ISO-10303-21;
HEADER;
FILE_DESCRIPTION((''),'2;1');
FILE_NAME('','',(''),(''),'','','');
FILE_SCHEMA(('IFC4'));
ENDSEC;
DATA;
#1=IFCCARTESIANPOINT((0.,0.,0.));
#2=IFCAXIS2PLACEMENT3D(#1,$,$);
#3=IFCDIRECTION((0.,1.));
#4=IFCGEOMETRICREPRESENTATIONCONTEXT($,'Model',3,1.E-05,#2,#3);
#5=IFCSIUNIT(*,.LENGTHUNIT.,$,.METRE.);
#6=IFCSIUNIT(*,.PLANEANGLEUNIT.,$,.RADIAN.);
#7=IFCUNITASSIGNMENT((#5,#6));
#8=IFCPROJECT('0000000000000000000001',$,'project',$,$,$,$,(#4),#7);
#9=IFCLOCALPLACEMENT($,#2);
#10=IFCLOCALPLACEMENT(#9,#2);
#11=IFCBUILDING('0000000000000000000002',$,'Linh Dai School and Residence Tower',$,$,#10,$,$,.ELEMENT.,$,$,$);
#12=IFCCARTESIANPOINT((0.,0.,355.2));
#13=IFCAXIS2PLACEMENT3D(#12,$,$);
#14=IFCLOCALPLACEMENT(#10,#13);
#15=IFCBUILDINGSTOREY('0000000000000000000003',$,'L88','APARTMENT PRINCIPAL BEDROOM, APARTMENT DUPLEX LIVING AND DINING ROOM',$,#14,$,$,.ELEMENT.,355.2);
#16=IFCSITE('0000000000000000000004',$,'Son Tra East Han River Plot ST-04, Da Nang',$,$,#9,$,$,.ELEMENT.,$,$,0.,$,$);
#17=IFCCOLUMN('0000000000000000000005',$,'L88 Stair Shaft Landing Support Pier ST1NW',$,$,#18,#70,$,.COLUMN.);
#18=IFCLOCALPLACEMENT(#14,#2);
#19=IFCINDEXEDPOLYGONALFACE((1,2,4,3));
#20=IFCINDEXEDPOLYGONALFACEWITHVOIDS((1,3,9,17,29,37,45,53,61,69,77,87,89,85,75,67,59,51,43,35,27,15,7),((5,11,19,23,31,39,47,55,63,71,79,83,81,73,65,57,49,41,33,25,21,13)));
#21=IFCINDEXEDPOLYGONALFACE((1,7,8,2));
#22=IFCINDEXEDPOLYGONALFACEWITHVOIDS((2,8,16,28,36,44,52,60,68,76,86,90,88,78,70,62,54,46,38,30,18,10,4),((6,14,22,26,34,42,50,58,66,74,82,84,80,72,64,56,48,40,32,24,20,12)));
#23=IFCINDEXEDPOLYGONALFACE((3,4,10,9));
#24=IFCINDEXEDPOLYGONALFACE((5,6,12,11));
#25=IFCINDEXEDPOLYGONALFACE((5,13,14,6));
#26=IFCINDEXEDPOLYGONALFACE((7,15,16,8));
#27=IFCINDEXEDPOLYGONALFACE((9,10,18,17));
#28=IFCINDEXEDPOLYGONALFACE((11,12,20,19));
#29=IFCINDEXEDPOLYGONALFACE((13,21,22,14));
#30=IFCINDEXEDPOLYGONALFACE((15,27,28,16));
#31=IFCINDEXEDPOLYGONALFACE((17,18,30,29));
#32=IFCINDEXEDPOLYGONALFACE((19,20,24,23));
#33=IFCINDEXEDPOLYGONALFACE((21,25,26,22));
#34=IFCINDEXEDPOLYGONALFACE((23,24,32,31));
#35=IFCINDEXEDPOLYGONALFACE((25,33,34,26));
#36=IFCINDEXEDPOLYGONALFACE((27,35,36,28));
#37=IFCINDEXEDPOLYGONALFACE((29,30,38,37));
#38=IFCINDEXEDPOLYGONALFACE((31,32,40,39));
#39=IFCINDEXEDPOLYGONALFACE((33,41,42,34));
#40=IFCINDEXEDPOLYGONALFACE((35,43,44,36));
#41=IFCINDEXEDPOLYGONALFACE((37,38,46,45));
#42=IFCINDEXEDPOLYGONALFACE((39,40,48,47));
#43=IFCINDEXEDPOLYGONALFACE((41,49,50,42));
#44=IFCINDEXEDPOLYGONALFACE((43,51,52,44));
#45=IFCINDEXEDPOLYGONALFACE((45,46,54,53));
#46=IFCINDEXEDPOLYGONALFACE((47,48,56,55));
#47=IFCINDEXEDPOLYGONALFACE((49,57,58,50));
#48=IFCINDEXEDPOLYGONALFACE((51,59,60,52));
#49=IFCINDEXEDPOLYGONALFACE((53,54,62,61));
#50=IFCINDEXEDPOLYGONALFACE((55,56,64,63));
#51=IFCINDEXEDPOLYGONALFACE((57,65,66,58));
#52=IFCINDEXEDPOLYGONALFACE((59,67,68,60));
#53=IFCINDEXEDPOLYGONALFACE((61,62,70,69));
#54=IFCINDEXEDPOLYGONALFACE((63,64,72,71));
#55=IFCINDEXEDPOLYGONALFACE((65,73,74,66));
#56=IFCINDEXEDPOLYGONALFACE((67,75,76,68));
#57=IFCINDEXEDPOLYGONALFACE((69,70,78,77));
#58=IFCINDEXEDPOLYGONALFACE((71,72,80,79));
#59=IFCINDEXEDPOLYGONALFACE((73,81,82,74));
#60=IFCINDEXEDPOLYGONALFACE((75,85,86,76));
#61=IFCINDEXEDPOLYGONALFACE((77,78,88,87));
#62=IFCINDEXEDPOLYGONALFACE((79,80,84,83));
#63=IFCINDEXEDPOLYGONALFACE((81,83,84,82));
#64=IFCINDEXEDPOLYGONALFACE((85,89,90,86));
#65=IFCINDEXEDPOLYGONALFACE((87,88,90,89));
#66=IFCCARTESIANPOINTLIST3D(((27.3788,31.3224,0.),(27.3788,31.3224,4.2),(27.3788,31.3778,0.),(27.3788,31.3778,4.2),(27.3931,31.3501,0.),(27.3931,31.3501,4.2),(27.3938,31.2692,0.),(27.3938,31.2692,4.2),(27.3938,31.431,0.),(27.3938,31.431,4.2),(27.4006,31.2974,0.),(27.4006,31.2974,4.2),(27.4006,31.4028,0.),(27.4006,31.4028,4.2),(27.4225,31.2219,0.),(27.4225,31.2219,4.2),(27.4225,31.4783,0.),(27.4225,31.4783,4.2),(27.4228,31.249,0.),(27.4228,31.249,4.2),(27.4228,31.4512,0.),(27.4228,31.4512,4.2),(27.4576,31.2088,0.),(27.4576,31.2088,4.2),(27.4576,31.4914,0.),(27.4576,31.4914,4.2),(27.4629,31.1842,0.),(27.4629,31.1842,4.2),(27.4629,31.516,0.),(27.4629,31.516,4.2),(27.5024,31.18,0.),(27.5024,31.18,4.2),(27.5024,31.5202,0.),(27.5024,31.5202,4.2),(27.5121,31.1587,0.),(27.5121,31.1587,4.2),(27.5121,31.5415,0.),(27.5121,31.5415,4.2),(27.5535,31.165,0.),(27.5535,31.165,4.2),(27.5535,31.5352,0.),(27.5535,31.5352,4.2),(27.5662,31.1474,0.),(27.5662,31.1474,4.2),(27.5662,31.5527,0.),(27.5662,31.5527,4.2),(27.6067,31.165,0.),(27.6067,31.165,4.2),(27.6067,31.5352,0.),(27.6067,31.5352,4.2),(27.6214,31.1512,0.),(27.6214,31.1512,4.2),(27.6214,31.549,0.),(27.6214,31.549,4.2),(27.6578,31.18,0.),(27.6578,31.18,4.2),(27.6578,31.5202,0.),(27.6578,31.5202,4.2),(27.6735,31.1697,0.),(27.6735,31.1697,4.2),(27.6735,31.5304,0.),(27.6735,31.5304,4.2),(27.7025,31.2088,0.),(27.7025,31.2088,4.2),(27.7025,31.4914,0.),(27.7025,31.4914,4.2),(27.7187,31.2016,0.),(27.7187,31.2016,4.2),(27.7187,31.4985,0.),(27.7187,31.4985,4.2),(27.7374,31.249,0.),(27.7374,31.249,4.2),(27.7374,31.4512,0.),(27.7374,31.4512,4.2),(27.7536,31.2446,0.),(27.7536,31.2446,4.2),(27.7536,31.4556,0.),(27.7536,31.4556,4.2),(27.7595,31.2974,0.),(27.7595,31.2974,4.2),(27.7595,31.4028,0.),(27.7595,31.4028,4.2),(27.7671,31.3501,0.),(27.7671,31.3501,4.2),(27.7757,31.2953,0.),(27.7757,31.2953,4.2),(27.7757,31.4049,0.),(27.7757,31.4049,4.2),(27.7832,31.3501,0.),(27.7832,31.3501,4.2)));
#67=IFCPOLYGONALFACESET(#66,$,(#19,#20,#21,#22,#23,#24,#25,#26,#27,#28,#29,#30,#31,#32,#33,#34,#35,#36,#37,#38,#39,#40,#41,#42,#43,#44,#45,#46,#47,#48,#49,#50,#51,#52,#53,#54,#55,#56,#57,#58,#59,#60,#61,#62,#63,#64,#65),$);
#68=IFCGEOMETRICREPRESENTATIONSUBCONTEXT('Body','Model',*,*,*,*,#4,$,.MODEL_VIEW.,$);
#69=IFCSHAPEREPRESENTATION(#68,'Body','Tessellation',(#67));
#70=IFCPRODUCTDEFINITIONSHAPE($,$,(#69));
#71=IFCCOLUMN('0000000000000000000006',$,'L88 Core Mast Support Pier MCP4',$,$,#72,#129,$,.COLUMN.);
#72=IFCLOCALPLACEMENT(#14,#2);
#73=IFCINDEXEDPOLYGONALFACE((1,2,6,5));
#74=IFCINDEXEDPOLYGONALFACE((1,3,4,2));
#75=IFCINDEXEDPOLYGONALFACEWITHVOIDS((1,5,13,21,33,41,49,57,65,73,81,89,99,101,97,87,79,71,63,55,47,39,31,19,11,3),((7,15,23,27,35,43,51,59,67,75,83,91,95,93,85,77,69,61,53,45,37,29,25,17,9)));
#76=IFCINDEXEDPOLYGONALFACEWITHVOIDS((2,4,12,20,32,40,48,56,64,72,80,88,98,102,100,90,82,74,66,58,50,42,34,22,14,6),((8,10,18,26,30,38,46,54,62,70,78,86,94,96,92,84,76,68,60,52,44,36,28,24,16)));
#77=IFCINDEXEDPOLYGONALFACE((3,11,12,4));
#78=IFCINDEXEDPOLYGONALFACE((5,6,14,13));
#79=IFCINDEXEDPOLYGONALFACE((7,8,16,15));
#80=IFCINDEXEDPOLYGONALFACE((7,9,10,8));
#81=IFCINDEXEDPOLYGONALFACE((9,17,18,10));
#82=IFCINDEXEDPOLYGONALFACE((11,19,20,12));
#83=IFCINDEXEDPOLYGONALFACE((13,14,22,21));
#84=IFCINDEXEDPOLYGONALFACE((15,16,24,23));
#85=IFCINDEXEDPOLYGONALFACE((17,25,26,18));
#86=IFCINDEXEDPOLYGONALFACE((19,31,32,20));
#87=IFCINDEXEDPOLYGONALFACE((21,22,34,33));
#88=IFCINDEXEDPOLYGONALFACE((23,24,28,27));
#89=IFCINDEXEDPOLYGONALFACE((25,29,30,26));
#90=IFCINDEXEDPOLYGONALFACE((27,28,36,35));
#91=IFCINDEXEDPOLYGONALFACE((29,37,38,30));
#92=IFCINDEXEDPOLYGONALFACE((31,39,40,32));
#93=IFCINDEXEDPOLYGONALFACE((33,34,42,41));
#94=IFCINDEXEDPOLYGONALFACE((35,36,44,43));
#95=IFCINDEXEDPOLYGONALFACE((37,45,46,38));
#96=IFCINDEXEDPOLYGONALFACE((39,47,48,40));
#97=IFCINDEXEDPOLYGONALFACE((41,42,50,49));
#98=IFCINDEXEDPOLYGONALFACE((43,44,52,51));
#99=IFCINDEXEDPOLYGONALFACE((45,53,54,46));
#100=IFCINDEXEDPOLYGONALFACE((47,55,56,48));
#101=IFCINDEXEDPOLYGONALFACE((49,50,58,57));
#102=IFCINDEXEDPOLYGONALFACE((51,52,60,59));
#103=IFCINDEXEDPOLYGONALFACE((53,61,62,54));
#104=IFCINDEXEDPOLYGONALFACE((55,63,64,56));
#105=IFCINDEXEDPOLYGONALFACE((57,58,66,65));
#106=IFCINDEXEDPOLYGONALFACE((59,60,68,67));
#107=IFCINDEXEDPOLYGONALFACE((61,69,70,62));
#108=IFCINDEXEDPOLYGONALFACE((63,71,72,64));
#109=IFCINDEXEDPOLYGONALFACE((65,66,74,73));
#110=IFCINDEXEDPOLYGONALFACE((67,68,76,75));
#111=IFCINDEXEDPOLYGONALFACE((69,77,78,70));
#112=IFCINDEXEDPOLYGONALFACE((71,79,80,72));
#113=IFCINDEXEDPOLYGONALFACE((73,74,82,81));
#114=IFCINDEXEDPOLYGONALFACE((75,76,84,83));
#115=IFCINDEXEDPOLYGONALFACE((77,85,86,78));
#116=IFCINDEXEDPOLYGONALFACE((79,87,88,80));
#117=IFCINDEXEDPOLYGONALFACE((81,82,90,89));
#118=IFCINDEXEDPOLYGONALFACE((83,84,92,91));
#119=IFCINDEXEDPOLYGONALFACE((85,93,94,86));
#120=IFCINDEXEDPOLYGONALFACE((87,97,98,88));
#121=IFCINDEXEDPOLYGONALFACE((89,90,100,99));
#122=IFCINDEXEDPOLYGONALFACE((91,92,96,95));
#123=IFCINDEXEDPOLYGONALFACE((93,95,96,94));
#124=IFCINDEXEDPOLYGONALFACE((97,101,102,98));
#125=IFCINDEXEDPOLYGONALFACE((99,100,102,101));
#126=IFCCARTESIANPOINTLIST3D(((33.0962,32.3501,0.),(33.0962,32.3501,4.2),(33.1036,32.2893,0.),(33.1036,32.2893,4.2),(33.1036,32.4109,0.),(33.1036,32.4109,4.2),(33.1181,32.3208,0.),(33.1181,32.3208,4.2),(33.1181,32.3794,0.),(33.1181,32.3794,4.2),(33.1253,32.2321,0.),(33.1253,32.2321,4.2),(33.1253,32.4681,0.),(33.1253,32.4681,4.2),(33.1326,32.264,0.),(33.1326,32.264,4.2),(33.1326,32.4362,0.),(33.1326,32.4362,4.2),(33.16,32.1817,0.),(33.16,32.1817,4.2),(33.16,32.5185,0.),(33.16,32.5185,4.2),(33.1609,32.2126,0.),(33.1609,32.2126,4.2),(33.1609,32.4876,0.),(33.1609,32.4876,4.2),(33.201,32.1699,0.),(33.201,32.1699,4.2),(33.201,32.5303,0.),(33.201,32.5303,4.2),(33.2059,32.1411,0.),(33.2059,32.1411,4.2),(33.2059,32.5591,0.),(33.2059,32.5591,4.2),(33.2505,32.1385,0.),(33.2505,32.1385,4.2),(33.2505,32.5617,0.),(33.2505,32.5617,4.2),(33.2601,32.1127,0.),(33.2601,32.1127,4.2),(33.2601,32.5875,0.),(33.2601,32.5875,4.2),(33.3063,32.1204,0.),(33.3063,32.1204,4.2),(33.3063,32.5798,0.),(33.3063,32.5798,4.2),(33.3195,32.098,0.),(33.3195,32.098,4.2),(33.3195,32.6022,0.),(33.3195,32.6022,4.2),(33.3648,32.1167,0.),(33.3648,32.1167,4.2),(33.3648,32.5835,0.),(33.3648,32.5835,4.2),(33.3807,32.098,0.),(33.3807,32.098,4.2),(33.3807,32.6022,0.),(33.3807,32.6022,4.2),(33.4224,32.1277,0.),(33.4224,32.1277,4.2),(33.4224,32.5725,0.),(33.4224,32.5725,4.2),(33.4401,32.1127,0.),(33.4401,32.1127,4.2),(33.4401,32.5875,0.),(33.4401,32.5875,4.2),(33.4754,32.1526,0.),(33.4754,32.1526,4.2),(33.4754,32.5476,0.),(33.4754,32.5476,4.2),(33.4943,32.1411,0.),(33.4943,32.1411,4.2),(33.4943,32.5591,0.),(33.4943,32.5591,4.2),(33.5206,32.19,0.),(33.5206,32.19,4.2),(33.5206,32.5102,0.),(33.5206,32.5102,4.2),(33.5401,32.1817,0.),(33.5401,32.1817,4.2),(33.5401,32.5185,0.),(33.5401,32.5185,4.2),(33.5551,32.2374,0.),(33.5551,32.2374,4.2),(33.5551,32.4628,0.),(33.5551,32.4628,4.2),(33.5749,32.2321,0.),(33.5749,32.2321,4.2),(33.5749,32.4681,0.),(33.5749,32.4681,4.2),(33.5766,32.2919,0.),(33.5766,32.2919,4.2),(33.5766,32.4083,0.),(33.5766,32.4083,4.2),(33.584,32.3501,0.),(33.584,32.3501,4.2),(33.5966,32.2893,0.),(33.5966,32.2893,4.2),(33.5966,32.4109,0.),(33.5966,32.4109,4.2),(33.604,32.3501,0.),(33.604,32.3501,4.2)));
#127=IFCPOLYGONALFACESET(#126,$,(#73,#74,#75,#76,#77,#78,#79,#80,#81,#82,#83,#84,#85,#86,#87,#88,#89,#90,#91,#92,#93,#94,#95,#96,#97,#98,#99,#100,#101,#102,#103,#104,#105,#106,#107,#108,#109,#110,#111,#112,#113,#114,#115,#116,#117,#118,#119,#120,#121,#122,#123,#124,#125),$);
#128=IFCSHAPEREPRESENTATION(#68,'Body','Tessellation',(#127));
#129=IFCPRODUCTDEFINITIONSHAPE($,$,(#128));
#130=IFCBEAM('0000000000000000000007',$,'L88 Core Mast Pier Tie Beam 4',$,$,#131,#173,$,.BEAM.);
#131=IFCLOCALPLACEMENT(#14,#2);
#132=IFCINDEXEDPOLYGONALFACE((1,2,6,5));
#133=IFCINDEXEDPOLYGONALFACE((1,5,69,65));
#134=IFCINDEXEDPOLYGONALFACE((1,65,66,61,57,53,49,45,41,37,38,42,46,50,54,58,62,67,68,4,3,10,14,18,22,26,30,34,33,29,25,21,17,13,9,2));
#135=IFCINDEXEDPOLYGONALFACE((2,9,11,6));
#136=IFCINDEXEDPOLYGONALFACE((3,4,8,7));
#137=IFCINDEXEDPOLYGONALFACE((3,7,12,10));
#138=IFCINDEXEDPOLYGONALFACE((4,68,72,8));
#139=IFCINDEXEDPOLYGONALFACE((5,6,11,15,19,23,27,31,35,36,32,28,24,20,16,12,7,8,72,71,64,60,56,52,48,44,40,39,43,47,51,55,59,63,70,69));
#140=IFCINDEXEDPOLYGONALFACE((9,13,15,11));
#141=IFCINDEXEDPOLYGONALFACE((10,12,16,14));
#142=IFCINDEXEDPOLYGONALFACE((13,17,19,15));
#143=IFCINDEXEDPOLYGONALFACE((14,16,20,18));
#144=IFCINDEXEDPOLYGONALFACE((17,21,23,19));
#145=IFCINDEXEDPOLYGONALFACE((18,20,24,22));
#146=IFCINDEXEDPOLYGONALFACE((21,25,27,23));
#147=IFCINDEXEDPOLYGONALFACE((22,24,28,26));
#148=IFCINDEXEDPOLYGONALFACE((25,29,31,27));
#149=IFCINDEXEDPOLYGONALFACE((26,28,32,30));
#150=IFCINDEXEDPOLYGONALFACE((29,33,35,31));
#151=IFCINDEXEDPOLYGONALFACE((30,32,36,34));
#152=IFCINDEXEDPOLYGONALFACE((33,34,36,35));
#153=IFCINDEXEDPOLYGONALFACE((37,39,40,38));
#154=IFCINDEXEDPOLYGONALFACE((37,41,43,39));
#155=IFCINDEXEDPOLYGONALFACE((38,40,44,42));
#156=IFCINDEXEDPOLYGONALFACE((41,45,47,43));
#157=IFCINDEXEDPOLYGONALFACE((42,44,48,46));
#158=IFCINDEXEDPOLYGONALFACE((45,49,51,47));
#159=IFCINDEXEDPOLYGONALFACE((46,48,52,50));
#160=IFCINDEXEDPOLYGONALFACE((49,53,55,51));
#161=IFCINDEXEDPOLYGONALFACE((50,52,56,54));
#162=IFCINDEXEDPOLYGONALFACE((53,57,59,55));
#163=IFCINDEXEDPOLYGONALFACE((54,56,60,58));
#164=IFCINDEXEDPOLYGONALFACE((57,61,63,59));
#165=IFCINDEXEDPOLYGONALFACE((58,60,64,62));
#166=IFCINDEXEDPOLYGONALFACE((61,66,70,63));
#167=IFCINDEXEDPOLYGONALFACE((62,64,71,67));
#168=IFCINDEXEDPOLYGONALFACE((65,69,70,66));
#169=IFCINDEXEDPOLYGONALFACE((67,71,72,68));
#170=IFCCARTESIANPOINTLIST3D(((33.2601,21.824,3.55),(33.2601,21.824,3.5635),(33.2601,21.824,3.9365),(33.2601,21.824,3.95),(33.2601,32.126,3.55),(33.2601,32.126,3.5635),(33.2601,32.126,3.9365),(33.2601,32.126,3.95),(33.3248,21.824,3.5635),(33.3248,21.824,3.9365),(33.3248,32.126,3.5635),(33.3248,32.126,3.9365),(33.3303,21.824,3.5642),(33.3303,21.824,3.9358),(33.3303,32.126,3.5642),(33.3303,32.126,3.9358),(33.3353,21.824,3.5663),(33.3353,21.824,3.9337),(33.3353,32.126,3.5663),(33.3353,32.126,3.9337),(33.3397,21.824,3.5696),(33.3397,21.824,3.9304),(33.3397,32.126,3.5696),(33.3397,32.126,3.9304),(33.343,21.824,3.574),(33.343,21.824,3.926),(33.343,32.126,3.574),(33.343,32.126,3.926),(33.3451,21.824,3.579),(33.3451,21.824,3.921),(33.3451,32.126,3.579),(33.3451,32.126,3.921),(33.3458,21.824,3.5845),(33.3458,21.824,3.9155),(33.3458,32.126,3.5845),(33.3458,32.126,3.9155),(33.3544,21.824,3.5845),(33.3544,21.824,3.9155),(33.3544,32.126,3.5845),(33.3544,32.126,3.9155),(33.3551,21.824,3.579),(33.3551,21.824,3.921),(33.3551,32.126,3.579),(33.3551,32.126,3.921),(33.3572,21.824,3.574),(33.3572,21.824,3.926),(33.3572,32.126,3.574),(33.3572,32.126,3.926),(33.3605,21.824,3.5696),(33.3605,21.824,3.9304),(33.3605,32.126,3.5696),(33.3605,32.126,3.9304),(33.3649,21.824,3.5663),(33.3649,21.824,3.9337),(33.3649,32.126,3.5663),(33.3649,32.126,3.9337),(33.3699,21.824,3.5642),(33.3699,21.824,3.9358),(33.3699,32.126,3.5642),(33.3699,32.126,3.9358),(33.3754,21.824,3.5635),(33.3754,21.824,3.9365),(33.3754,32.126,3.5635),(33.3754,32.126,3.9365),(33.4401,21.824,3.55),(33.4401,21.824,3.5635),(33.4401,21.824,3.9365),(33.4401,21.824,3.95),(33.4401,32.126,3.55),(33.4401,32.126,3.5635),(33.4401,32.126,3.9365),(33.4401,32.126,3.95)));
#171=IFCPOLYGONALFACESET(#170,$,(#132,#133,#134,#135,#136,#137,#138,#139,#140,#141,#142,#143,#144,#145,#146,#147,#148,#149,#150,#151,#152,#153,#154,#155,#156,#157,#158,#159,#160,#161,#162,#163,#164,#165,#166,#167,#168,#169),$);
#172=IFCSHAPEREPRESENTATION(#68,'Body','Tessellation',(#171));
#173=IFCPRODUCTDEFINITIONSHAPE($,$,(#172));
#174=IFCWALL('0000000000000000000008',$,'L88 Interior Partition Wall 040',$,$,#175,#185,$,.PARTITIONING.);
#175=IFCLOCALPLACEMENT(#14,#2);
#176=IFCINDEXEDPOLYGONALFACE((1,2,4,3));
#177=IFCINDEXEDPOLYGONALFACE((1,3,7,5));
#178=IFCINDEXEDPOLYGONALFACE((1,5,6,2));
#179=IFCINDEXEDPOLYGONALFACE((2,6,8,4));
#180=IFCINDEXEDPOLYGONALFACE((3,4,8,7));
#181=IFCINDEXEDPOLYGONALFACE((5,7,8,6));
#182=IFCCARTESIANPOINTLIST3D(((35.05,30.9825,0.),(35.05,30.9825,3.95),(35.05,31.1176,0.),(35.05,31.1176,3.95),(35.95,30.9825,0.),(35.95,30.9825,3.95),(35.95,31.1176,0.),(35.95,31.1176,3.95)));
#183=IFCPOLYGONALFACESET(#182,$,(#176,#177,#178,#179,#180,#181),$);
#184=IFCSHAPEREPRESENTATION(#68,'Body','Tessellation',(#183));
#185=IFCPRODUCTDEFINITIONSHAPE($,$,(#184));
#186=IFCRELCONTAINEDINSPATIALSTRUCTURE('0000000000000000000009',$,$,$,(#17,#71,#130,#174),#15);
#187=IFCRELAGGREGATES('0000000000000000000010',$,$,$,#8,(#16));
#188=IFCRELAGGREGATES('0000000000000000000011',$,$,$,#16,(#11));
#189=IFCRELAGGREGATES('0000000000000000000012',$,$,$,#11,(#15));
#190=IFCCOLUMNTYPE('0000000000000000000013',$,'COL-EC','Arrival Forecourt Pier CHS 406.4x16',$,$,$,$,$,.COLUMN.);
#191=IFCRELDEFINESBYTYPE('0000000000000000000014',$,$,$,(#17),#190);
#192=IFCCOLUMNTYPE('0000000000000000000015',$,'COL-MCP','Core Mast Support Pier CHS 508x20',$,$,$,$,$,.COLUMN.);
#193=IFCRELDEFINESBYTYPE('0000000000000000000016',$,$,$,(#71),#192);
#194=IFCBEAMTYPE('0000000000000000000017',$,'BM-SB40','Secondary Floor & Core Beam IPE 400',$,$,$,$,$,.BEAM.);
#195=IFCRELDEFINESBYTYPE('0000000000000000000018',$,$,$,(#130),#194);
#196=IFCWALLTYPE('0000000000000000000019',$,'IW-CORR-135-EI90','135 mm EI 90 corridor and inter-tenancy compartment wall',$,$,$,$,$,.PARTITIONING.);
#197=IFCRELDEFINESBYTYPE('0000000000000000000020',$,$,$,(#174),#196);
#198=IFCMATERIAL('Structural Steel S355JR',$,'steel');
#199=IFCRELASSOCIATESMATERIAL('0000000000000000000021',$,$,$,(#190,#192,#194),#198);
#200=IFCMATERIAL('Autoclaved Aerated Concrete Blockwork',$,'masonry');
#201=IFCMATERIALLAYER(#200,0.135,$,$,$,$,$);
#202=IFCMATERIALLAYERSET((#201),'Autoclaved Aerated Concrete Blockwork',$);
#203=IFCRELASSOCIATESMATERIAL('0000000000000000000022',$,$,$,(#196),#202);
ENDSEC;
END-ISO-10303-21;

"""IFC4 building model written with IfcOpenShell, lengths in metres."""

from ifc_helpers import new_model, si_unit, direction, frame, frame_2d, origin, origin_2d, place, context, subcontext, project, spatial, rectangle, hollow_circle, i_section, extrude, material, layer, layer_set, material_profile, profile_set, type_object, element, save


model = new_model("IFC4")

# Units and contexts
model_context = context("Model", 3, precision=1e-05, world=origin(), true_north=direction((0.0, 1.0)))
body_context = subcontext(model_context, "Body", "Model", "MODEL_VIEW")
ifc_project = project(units=[si_unit("LENGTHUNIT", "METRE"), si_unit("PLANEANGLEUNIT", "RADIAN")], contexts=[model_context])

# Site, building, storey
site_placement = place(None, origin())
site = spatial("IfcSite", under=ifc_project, at=site_placement, Name="Son Tra East Han River Plot ST-04, Da Nang", CompositionType="ELEMENT", RefElevation=0.0)
building_placement = place(site_placement, origin())
building = spatial("IfcBuilding", under=site, at=building_placement, Name="Linh Dai School and Residence Tower", CompositionType="ELEMENT")
storey_placement = place(building_placement, frame((0.0, 0.0, 355.2)))
storey = spatial("IfcBuildingStorey", under=building, at=storey_placement, Name="L88", Description="APARTMENT PRINCIPAL BEDROOM, APARTMENT DUPLEX LIVING AND DINING ROOM", CompositionType="ELEMENT", Elevation=355.2)

# Columns
ifc_material_1 = material(Name="Structural Steel S355JR", Category="steel")
ifc_material_profile_1 = material_profile(ifc_material_1, hollow_circle(Radius=0.2031, WallThickness=0.0161, at=origin_2d()), Name="CHS 406.4x16")
ifc_profile_set_1 = profile_set([ifc_material_profile_1], Name="Structural Steel S355JR")
column_type_1 = type_object("IfcColumnType", Name="COL-EC", Description="Arrival Forecourt Pier CHS 406.4x16", PredefinedType="COLUMN", material=ifc_profile_set_1)
column_1_placement = place(storey_placement, frame((27.5801, 31.3501, 0.0), z_axis=(0.0, 0.0, 1.0), x_axis=(1.0, 0.0, 0.0)))
element("IfcColumn", 1, at=column_1_placement, inside=storey, type_object=column_type_1, Name="L88 Stair Shaft Landing Support Pier ST1NW", PredefinedType="COLUMN", context=body_context, shape_type="SweptSolid", body=[
    extrude(hollow_circle(Radius=0.2031, WallThickness=0.0161, at=origin_2d()), origin(), (0.0, 0.0, 1.0), 4.2),
])
ifc_material_profile_2 = material_profile(ifc_material_1, hollow_circle(Radius=0.2539, WallThickness=0.02, at=origin_2d()), Name="CHS 508x20")
ifc_profile_set_2 = profile_set([ifc_material_profile_2], Name="Structural Steel S355JR")
column_type_2 = type_object("IfcColumnType", Name="COL-MCP", Description="Core Mast Support Pier CHS 508x20", PredefinedType="COLUMN", material=ifc_profile_set_2)
column_2_placement = place(storey_placement, frame((33.3501, 32.3501, 0.0), z_axis=(0.0, 0.0, 1.0), x_axis=(1.0, 0.0, 0.0)))
element("IfcColumn", 2, at=column_2_placement, inside=storey, type_object=column_type_2, Name="L88 Core Mast Support Pier MCP4", PredefinedType="COLUMN", context=body_context, shape_type="SweptSolid", body=[
    extrude(hollow_circle(Radius=0.2539, WallThickness=0.02, at=origin_2d()), origin(), (0.0, 0.0, 1.0), 4.2),
])

# Beam
ifc_material_profile_3 = material_profile(ifc_material_1, i_section(OverallWidth=0.1799, OverallDepth=0.3999, WebThickness=0.0085, FlangeThickness=0.0134, FilletRadius=0.021, at=origin_2d()), Name="IPE 400")
ifc_profile_set_3 = profile_set([ifc_material_profile_3], Name="Structural Steel S355JR")
beam_type = type_object("IfcBeamType", Name="BM-SB40", Description="Secondary Floor & Core Beam IPE 400", PredefinedType="BEAM", material=ifc_profile_set_3)
beam_placement = place(storey_placement, frame((33.3501, 32.126, 3.75), z_axis=(0.0, -1.0, 0.0), x_axis=(1.0, 0.0, 0.0)))
element("IfcBeam", 3, at=beam_placement, inside=storey, type_object=beam_type, Name="L88 Core Mast Pier Tie Beam 4", PredefinedType="BEAM", context=body_context, shape_type="SweptSolid", body=[
    extrude(i_section(OverallWidth=0.1799, OverallDepth=0.3999, WebThickness=0.0085, FlangeThickness=0.0134, FilletRadius=0.021, at=origin_2d()), origin(), (0.0, 0.0, 1.0), 10.302),
])

# Shared definitions
ifc_material_2 = material(Name="Autoclaved Aerated Concrete Blockwork", Category="masonry")
ifc_layer_1 = layer(ifc_material_2, 0.135)
ifc_layer_set_1 = layer_set([ifc_layer_1], Name="Autoclaved Aerated Concrete Blockwork")
wall_type_1 = type_object("IfcWallType", Name="IW-CORR-135-EI90", Description="135 mm EI 90 corridor and inter-tenancy compartment wall", PredefinedType="PARTITIONING", material=ifc_layer_set_1)

# Wall
wall_1_placement = place(storey_placement, frame((35.05, 31.05, 0.0), z_axis=(0.0, 0.0, 1.0), x_axis=(1.0, 0.0, 0.0)))
element("IfcWall", 4, at=wall_1_placement, inside=storey, type_object=wall_type_1, Name="L88 Interior Partition Wall 040", PredefinedType="PARTITIONING", context=body_context, shape_type="SweptSolid", body=[
    extrude(rectangle(XDim=0.8999, YDim=0.135, at=frame_2d((0.45, 0.0))), origin(), (0.0, 0.0, 1.0), 3.95),
])

save(model, "model.ifc")
